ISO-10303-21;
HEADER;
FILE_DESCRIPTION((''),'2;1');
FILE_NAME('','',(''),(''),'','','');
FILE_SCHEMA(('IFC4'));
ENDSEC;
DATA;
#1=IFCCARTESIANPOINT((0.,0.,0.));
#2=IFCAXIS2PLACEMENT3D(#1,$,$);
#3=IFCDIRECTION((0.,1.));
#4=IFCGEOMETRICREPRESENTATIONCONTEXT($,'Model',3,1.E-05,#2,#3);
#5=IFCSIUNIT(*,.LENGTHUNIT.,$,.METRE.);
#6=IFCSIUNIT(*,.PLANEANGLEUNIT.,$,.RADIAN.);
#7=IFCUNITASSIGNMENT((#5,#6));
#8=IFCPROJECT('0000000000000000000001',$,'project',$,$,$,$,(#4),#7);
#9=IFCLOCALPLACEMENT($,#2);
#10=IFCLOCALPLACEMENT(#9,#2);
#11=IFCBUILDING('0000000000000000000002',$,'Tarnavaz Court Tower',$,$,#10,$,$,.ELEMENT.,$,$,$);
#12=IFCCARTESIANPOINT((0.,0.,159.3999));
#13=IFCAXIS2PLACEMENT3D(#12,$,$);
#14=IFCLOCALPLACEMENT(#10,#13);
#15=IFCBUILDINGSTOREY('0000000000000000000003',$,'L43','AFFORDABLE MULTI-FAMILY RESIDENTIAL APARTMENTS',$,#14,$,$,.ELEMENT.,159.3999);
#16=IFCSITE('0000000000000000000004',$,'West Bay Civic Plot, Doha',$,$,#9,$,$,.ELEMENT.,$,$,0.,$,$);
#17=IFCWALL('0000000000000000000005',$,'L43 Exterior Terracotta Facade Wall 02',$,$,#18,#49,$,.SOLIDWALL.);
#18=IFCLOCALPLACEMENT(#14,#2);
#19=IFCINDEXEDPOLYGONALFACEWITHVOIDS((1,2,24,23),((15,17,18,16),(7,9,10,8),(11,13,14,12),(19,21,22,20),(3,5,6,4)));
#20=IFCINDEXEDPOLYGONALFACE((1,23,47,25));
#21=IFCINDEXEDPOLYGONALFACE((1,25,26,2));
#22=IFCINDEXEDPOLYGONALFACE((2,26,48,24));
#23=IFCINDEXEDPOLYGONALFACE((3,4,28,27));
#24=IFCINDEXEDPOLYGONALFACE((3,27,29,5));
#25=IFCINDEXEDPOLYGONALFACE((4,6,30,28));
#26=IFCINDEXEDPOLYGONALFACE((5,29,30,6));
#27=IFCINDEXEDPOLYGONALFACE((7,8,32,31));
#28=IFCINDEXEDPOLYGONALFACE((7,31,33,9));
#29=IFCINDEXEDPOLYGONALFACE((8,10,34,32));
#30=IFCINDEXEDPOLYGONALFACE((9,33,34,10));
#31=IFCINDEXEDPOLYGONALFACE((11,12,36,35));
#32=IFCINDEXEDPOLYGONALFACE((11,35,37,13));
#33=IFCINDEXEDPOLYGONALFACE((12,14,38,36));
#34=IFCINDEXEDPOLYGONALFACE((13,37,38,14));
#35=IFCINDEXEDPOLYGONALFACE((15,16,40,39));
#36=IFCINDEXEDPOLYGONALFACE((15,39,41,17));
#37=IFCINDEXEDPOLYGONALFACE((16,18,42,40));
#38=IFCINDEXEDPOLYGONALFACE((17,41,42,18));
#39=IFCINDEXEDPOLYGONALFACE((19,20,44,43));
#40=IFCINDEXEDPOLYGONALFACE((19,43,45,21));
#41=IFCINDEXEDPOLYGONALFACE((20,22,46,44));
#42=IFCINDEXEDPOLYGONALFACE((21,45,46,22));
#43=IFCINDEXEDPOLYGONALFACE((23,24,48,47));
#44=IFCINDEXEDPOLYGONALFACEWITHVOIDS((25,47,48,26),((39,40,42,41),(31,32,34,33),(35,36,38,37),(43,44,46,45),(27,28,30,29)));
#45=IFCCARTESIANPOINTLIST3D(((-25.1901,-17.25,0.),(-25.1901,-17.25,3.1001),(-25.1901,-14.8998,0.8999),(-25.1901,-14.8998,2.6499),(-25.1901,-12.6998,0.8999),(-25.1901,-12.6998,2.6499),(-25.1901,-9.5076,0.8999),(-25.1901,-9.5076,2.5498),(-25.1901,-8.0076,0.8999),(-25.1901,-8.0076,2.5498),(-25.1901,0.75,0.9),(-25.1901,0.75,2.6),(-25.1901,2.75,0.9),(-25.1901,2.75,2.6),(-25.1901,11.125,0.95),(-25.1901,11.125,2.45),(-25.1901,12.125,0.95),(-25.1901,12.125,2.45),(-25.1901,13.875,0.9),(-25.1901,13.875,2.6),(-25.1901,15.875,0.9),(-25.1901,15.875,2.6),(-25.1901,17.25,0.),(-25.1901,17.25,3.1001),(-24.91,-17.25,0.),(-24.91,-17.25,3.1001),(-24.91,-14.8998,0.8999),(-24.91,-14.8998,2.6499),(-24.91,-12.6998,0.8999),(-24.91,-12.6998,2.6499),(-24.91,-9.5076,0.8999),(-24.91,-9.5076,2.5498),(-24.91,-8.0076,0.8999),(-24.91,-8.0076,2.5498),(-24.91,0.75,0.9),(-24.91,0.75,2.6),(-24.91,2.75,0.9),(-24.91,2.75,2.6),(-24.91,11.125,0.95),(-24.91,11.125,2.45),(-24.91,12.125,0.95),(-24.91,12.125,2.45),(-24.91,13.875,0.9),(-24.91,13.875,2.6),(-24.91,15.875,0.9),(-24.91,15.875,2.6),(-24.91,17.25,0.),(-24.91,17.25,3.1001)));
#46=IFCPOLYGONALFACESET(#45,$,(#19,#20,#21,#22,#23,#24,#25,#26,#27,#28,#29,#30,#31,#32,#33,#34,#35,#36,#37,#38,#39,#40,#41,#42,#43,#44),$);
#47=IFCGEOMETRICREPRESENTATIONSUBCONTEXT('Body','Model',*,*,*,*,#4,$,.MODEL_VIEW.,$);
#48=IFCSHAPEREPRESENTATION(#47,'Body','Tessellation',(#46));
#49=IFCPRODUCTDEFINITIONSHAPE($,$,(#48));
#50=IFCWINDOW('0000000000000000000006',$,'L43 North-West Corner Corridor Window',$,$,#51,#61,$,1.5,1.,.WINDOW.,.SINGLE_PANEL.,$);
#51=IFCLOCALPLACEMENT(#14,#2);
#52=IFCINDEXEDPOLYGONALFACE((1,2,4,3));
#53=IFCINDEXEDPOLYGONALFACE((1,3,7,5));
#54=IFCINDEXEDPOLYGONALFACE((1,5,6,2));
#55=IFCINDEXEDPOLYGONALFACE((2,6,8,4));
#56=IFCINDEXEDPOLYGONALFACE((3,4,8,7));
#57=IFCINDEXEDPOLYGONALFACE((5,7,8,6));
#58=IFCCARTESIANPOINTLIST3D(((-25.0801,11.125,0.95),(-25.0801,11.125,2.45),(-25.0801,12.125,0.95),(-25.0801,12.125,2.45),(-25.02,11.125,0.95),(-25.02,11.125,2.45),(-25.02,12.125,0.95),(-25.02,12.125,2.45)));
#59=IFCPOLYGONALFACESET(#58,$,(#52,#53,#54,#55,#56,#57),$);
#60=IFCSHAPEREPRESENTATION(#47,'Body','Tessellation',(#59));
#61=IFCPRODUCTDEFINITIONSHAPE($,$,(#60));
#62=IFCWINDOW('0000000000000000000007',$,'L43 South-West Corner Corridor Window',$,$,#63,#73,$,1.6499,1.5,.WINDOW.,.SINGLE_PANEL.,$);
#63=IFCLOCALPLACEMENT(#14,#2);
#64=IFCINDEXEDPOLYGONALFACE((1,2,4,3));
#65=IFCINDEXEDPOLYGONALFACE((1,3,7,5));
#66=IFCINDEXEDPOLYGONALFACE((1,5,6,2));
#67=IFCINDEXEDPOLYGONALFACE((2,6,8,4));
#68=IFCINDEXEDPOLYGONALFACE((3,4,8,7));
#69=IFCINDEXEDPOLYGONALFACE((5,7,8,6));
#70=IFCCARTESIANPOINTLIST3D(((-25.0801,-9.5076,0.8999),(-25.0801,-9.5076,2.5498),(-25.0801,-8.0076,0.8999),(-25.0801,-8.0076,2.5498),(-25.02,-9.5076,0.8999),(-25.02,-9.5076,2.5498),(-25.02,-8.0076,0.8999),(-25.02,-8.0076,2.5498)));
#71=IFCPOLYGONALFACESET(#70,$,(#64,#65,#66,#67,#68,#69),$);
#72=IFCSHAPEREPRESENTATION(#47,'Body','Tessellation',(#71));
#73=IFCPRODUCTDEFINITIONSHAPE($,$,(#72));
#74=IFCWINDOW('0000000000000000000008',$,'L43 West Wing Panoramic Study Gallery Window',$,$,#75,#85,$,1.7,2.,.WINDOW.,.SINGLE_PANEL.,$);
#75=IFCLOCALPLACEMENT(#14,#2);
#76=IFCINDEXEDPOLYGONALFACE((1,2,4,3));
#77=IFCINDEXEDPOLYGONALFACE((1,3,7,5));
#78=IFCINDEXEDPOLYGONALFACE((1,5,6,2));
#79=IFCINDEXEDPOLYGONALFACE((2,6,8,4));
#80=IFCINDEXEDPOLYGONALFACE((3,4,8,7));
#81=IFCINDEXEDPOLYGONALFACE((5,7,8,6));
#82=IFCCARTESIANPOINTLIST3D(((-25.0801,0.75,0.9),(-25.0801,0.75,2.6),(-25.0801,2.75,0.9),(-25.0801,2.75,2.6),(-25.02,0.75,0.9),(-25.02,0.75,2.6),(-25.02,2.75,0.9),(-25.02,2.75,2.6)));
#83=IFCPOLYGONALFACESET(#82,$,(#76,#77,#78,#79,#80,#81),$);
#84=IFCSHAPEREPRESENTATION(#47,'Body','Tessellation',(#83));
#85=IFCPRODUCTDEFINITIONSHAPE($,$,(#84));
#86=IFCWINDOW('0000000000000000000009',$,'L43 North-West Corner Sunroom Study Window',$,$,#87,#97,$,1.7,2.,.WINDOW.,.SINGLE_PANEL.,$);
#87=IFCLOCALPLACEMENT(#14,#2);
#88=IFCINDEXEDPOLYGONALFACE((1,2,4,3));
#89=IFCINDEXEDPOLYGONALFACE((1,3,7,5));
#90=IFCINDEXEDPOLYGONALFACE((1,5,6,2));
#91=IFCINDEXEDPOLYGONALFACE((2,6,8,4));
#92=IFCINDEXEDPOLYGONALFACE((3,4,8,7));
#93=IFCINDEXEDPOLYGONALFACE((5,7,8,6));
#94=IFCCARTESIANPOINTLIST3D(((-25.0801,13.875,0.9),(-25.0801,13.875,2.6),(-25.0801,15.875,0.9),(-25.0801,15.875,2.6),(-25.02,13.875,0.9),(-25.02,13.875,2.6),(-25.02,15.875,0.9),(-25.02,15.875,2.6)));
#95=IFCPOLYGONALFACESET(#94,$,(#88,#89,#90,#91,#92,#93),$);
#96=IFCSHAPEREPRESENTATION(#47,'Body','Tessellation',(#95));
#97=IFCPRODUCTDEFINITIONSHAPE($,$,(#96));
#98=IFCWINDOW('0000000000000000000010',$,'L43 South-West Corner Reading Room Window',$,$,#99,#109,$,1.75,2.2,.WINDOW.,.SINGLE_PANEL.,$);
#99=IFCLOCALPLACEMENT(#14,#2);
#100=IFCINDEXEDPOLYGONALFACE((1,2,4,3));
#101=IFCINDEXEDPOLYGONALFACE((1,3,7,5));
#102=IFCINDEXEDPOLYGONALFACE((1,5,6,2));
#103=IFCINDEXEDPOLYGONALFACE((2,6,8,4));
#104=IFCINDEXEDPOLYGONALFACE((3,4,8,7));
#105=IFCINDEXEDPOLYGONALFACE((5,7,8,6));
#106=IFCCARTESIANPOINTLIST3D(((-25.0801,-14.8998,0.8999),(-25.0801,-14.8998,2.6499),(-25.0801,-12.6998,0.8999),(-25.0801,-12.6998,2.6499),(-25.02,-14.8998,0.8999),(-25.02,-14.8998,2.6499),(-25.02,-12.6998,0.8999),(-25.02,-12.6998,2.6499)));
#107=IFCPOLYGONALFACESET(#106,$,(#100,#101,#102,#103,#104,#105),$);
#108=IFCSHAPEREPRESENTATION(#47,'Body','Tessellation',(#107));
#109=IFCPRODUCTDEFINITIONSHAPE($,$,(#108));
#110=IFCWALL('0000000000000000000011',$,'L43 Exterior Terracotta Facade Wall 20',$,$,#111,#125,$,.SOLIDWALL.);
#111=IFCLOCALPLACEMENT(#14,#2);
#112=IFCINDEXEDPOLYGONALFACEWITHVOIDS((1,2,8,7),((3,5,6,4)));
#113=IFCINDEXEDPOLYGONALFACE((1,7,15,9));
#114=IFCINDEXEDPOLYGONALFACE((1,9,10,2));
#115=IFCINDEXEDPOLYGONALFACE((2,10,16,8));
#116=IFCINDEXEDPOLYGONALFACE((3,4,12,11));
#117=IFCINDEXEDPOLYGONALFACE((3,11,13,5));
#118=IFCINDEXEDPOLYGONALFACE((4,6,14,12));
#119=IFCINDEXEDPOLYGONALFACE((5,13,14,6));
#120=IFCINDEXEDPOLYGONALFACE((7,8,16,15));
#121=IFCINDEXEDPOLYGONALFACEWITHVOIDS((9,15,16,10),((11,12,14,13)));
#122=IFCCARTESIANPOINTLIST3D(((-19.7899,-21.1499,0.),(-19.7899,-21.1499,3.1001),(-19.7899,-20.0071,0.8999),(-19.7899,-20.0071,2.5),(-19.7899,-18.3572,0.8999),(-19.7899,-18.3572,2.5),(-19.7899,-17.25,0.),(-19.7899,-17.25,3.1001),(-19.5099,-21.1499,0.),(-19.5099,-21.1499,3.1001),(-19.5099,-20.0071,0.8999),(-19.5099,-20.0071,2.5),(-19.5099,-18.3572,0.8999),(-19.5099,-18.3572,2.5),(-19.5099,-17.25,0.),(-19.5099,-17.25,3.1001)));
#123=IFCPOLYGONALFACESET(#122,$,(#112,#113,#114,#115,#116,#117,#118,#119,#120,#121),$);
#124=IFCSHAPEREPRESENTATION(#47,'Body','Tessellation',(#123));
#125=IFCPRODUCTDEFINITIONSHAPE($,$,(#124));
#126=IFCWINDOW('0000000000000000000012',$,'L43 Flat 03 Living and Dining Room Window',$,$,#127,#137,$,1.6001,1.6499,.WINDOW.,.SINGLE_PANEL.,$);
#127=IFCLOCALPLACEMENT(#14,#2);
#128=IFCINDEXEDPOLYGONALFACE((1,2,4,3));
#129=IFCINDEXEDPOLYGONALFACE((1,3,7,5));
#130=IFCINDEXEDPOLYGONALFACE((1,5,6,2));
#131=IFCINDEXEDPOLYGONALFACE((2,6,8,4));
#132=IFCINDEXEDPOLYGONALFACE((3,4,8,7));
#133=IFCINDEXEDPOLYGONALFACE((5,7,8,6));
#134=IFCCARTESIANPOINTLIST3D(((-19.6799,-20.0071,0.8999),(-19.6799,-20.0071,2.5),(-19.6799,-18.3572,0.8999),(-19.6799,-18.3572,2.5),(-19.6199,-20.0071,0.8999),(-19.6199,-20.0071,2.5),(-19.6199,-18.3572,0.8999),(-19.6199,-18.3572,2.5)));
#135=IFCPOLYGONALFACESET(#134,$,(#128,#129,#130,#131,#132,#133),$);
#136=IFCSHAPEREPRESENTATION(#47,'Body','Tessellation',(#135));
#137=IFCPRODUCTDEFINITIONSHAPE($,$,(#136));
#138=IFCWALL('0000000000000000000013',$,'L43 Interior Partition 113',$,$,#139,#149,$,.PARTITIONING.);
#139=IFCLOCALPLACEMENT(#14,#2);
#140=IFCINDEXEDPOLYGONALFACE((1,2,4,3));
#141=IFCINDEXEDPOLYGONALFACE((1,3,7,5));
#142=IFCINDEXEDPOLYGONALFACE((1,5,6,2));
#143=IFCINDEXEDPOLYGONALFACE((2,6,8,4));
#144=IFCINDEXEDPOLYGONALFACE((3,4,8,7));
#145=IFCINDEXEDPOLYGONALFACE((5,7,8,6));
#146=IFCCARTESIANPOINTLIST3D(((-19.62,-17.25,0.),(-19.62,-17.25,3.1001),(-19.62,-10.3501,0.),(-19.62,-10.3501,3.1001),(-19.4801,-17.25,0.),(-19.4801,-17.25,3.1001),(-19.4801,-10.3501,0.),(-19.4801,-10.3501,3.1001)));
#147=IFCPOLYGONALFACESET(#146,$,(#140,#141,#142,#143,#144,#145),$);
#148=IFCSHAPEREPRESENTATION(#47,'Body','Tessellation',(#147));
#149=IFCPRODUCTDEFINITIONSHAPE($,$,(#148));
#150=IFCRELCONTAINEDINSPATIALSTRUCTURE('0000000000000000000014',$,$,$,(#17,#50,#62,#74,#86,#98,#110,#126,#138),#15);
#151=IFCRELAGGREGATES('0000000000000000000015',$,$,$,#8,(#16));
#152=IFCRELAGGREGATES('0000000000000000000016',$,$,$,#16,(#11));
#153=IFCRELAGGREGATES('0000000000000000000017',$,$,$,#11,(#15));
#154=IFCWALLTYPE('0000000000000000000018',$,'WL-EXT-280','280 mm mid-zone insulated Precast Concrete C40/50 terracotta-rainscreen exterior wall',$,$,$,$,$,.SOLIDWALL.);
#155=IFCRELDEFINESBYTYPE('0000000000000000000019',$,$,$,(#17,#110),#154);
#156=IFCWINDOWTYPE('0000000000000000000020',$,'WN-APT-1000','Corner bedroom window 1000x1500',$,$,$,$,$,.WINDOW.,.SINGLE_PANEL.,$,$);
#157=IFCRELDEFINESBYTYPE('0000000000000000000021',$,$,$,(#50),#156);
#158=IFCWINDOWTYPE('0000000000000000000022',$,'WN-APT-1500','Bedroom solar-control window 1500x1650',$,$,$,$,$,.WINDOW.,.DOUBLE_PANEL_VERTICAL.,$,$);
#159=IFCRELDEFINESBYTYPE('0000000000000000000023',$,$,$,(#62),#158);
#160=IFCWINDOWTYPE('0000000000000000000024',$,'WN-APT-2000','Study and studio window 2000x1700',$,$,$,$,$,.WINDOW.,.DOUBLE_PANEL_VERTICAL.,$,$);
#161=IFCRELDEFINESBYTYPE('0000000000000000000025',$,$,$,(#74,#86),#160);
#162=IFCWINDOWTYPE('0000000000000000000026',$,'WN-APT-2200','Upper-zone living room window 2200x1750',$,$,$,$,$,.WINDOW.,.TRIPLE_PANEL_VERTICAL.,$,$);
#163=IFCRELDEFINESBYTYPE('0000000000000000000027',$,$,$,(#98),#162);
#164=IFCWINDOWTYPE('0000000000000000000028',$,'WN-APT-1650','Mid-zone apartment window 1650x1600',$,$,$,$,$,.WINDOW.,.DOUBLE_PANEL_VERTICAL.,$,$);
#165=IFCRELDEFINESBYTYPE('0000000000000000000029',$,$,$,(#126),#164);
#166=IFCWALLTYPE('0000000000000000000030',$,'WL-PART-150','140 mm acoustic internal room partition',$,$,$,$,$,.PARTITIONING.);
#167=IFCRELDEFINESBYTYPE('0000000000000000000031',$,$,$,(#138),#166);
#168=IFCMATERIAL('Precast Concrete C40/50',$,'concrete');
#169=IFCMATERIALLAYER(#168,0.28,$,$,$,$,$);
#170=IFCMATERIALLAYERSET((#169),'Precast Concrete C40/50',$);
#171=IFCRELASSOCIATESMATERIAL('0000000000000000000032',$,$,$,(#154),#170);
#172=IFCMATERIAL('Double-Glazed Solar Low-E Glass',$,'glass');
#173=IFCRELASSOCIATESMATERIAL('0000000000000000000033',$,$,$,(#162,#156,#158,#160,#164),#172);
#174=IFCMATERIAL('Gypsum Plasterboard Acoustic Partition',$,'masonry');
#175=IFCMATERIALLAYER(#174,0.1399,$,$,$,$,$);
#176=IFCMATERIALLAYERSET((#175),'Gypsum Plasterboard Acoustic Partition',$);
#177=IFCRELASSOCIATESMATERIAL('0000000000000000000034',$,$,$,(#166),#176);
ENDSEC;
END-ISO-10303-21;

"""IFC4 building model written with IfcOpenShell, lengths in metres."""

from ifc_helpers import new_model, si_unit, direction, frame, frame_2d, origin, place, context, subcontext, project, spatial, rectangle, extrude, material, layer, layer_set, type_object, element, fill, save


model = new_model("IFC4")

# Units and contexts
model_context = context("Model", 3, precision=1e-05, world=origin(), true_north=direction((0.0, 1.0)))
body_context = subcontext(model_context, "Body", "Model", "MODEL_VIEW")
ifc_project = project(units=[si_unit("LENGTHUNIT", "METRE"), si_unit("PLANEANGLEUNIT", "RADIAN")], contexts=[model_context])

# Site, building, storey
site_placement = place(None, origin())
site = spatial("IfcSite", under=ifc_project, at=site_placement, Name="West Bay Civic Plot, Doha", CompositionType="ELEMENT", RefElevation=0.0)
building_placement = place(site_placement, origin())
building = spatial("IfcBuilding", under=site, at=building_placement, Name="Tarnavaz Court Tower", CompositionType="ELEMENT")
storey_placement = place(building_placement, frame((0.0, 0.0, 159.3999)))
storey = spatial("IfcBuildingStorey", under=building, at=storey_placement, Name="L43", Description="AFFORDABLE MULTI-FAMILY RESIDENTIAL APARTMENTS", CompositionType="ELEMENT", Elevation=159.3999)

# Shared definitions
ifc_material_1 = material(Name="Precast Concrete C40/50", Category="concrete")
ifc_layer_1 = layer(ifc_material_1, 0.28)
ifc_layer_set_1 = layer_set([ifc_layer_1], Name="Precast Concrete C40/50")
wall_type_1 = type_object("IfcWallType", Name="WL-EXT-280", Description="280 mm mid-zone insulated Precast Concrete C40/50 terracotta-rainscreen exterior wall", PredefinedType="SOLIDWALL", material=ifc_layer_set_1)
ifc_material_2 = material(Name="Double-Glazed Solar Low-E Glass", Category="glass")
window_type_1 = type_object("IfcWindowType", Name="WN-APT-2200", Description="Upper-zone living room window 2200x1750", PartitioningType="TRIPLE_PANEL_VERTICAL", PredefinedType="WINDOW", material=ifc_material_2)

# Wall, openings, windows
wall_1_placement = place(storey_placement, frame((-25.05, -17.25, 0.0), z_axis=(0.0, 0.0, 1.0), x_axis=(0.0, 1.0, 0.0)))
wall_1 = element("IfcWall", 1, at=wall_1_placement, inside=storey, type_object=wall_type_1, Name="L43 Exterior Terracotta Facade Wall 02", PredefinedType="SOLIDWALL", context=body_context, shape_type="SweptSolid", body=[
    extrude(rectangle(XDim=34.5, YDim=0.28, at=frame_2d((17.25, 0.0))), origin(), (0.0, 0.0, 1.0), 3.1001),
])
opening_1_placement = place(wall_1_placement, frame((2.3501, 0.0, 0.8999)))
opening_1 = element("IfcOpeningElement", 2, at=opening_1_placement, cuts=wall_1, PredefinedType="OPENING", context=body_context, shape_type="SweptSolid", body=[
    extrude(rectangle(XDim=2.2, YDim=1.75, at=frame_2d((1.1001, 0.875))), frame((0.0, 0.1499, 0.0), z_axis=(0.0, -1.0, 0.0), x_axis=(1.0, 0.0, 0.0)), (0.0, 0.0, 1.0), 0.3),
])
opening_2_placement = place(wall_1_placement, frame((7.7424, 0.0, 0.8999)))
opening_2 = element("IfcOpeningElement", 3, at=opening_2_placement, cuts=wall_1, PredefinedType="OPENING", context=body_context, shape_type="SweptSolid", body=[
    extrude(rectangle(XDim=1.5, YDim=1.6499, at=frame_2d((0.75, 0.825))), frame((0.0, 0.1499, 0.0), z_axis=(0.0, -1.0, 0.0), x_axis=(1.0, 0.0, 0.0)), (0.0, 0.0, 1.0), 0.3),
])
opening_3_placement = place(wall_1_placement, frame((18.0, 0.0, 0.8999)))
opening_3 = element("IfcOpeningElement", 4, at=opening_3_placement, cuts=wall_1, PredefinedType="OPENING", context=body_context, shape_type="SweptSolid", body=[
    extrude(rectangle(XDim=2.0, YDim=1.7, at=frame_2d((1.0, 0.8501))), frame((0.0, 0.1499, 0.0), z_axis=(0.0, -1.0, 0.0), x_axis=(1.0, 0.0, 0.0)), (0.0, 0.0, 1.0), 0.3),
])
opening_4_placement = place(wall_1_placement, frame((28.375, 0.0, 0.95)))
opening_4 = element("IfcOpeningElement", 5, at=opening_4_placement, cuts=wall_1, PredefinedType="OPENING", context=body_context, shape_type="SweptSolid", body=[
    extrude(rectangle(XDim=1.0, YDim=1.5, at=frame_2d((0.5, 0.75))), frame((0.0, 0.1499, 0.0), z_axis=(0.0, -1.0, 0.0), x_axis=(1.0, 0.0, 0.0)), (0.0, 0.0, 1.0), 0.3),
])
opening_5_placement = place(wall_1_placement, frame((31.125, 0.0, 0.8999)))
opening_5 = element("IfcOpeningElement", 6, at=opening_5_placement, cuts=wall_1, PredefinedType="OPENING", context=body_context, shape_type="SweptSolid", body=[
    extrude(rectangle(XDim=2.0, YDim=1.7, at=frame_2d((1.0, 0.8501))), frame((0.0, 0.1499, 0.0), z_axis=(0.0, -1.0, 0.0), x_axis=(1.0, 0.0, 0.0)), (0.0, 0.0, 1.0), 0.3),
])
window_type_2 = type_object("IfcWindowType", Name="WN-APT-1000", Description="Corner bedroom window 1000x1500", PartitioningType="SINGLE_PANEL", PredefinedType="WINDOW", material=ifc_material_2)
window_1_placement = place(opening_4_placement, origin())
window_1 = element("IfcWindow", 7, at=window_1_placement, inside=storey, type_object=window_type_2, Name="L43 North-West Corner Corridor Window", OverallHeight=1.5, OverallWidth=1.0, PartitioningType="SINGLE_PANEL", PredefinedType="WINDOW", context=body_context, shape_type="SweptSolid", body=[
    extrude(rectangle(XDim=1.0, YDim=1.5, at=frame_2d((0.5, 0.75))), frame((0.0, 0.03, 0.0), z_axis=(0.0, -1.0, 0.0), x_axis=(1.0, 0.0, 0.0)), (0.0, 0.0, 1.0), 0.0601),
])
fill(opening_4, window_1)
window_type_3 = type_object("IfcWindowType", Name="WN-APT-1500", Description="Bedroom solar-control window 1500x1650", PartitioningType="DOUBLE_PANEL_VERTICAL", PredefinedType="WINDOW", material=ifc_material_2)
window_2_placement = place(opening_2_placement, origin())
window_2 = element("IfcWindow", 8, at=window_2_placement, inside=storey, type_object=window_type_3, Name="L43 South-West Corner Corridor Window", OverallHeight=1.6499, OverallWidth=1.5, PartitioningType="SINGLE_PANEL", PredefinedType="WINDOW", context=body_context, shape_type="SweptSolid", body=[
    extrude(rectangle(XDim=1.5, YDim=1.6499, at=frame_2d((0.75, 0.825))), frame((0.0, 0.03, 0.0), z_axis=(0.0, -1.0, 0.0), x_axis=(1.0, 0.0, 0.0)), (0.0, 0.0, 1.0), 0.0601),
])
fill(opening_2, window_2)
window_type_4 = type_object("IfcWindowType", Name="WN-APT-2000", Description="Study and studio window 2000x1700", PartitioningType="DOUBLE_PANEL_VERTICAL", PredefinedType="WINDOW", material=ifc_material_2)
window_3_placement = place(opening_3_placement, origin())
window_3 = element("IfcWindow", 9, at=window_3_placement, inside=storey, type_object=window_type_4, Name="L43 West Wing Panoramic Study Gallery Window", OverallHeight=1.7, OverallWidth=2.0, PartitioningType="SINGLE_PANEL", PredefinedType="WINDOW", context=body_context, shape_type="SweptSolid", body=[
    extrude(rectangle(XDim=2.0, YDim=1.7, at=frame_2d((1.0, 0.8501))), frame((0.0, 0.03, 0.0), z_axis=(0.0, -1.0, 0.0), x_axis=(1.0, 0.0, 0.0)), (0.0, 0.0, 1.0), 0.0601),
])
fill(opening_3, window_3)
window_4_placement = place(opening_5_placement, origin())
window_4 = element("IfcWindow", 10, at=window_4_placement, inside=storey, type_object=window_type_4, Name="L43 North-West Corner Sunroom Study Window", OverallHeight=1.7, OverallWidth=2.0, PartitioningType="SINGLE_PANEL", PredefinedType="WINDOW", context=body_context, shape_type="SweptSolid", body=[
    extrude(rectangle(XDim=2.0, YDim=1.7, at=frame_2d((1.0, 0.8501))), frame((0.0, 0.03, 0.0), z_axis=(0.0, -1.0, 0.0), x_axis=(1.0, 0.0, 0.0)), (0.0, 0.0, 1.0), 0.0601),
])
fill(opening_5, window_4)
window_5_placement = place(opening_1_placement, origin())
window_5 = element("IfcWindow", 11, at=window_5_placement, inside=storey, type_object=window_type_1, Name="L43 South-West Corner Reading Room Window", OverallHeight=1.75, OverallWidth=2.2, PartitioningType="SINGLE_PANEL", PredefinedType="WINDOW", context=body_context, shape_type="SweptSolid", body=[
    extrude(rectangle(XDim=2.2, YDim=1.75, at=frame_2d((1.1001, 0.875))), frame((0.0, 0.03, 0.0), z_axis=(0.0, -1.0, 0.0), x_axis=(1.0, 0.0, 0.0)), (0.0, 0.0, 1.0), 0.0601),
])
fill(opening_1, window_5)

# Wall, opening, window
wall_2_placement = place(storey_placement, frame((-19.6499, -21.1499, 0.0), z_axis=(0.0, 0.0, 1.0), x_axis=(0.0, 1.0, 0.0)))
wall_2 = element("IfcWall", 12, at=wall_2_placement, inside=storey, type_object=wall_type_1, Name="L43 Exterior Terracotta Facade Wall 20", PredefinedType="SOLIDWALL", context=body_context, shape_type="SweptSolid", body=[
    extrude(rectangle(XDim=3.8999, YDim=0.28, at=frame_2d((1.95, 0.0))), origin(), (0.0, 0.0, 1.0), 3.1001),
])
opening_6_placement = place(wall_2_placement, frame((1.1428, 0.0, 0.8999)))
opening_6 = element("IfcOpeningElement", 13, at=opening_6_placement, cuts=wall_2, PredefinedType="OPENING", context=body_context, shape_type="SweptSolid", body=[
    extrude(rectangle(XDim=1.6499, YDim=1.6001, at=frame_2d((0.825, 0.8))), frame((0.0, 0.1499, 0.0), z_axis=(0.0, -1.0, 0.0), x_axis=(1.0, 0.0, 0.0)), (0.0, 0.0, 1.0), 0.3),
])
window_type_5 = type_object("IfcWindowType", Name="WN-APT-1650", Description="Mid-zone apartment window 1650x1600", PartitioningType="DOUBLE_PANEL_VERTICAL", PredefinedType="WINDOW", material=ifc_material_2)
window_6_placement = place(opening_6_placement, origin())
window_6 = element("IfcWindow", 14, at=window_6_placement, inside=storey, type_object=window_type_5, Name="L43 Flat 03 Living and Dining Room Window", OverallHeight=1.6001, OverallWidth=1.6499, PartitioningType="SINGLE_PANEL", PredefinedType="WINDOW", context=body_context, shape_type="SweptSolid", body=[
    extrude(rectangle(XDim=1.6499, YDim=1.6001, at=frame_2d((0.825, 0.8))), frame((0.0, 0.03, 0.0), z_axis=(0.0, -1.0, 0.0), x_axis=(1.0, 0.0, 0.0)), (0.0, 0.0, 1.0), 0.0601),
])
fill(opening_6, window_6)

# Wall
ifc_material_3 = material(Name="Gypsum Plasterboard Acoustic Partition", Category="masonry")
ifc_layer_2 = layer(ifc_material_3, 0.1399)
ifc_layer_set_2 = layer_set([ifc_layer_2], Name="Gypsum Plasterboard Acoustic Partition")
wall_type_2 = type_object("IfcWallType", Name="WL-PART-150", Description="140 mm acoustic internal room partition", PredefinedType="PARTITIONING", material=ifc_layer_set_2)
wall_3_placement = place(storey_placement, frame((-19.55, -17.25, 0.0), z_axis=(0.0, 0.0, 1.0), x_axis=(0.0, 1.0, 0.0)))
element("IfcWall", 15, at=wall_3_placement, inside=storey, type_object=wall_type_2, Name="L43 Interior Partition 113", PredefinedType="PARTITIONING", context=body_context, shape_type="SweptSolid", body=[
    extrude(rectangle(XDim=6.8999, YDim=0.1399, at=frame_2d((3.45, 0.0))), origin(), (0.0, 0.0, 1.0), 3.1001),
])

save(model, "model.ifc")
